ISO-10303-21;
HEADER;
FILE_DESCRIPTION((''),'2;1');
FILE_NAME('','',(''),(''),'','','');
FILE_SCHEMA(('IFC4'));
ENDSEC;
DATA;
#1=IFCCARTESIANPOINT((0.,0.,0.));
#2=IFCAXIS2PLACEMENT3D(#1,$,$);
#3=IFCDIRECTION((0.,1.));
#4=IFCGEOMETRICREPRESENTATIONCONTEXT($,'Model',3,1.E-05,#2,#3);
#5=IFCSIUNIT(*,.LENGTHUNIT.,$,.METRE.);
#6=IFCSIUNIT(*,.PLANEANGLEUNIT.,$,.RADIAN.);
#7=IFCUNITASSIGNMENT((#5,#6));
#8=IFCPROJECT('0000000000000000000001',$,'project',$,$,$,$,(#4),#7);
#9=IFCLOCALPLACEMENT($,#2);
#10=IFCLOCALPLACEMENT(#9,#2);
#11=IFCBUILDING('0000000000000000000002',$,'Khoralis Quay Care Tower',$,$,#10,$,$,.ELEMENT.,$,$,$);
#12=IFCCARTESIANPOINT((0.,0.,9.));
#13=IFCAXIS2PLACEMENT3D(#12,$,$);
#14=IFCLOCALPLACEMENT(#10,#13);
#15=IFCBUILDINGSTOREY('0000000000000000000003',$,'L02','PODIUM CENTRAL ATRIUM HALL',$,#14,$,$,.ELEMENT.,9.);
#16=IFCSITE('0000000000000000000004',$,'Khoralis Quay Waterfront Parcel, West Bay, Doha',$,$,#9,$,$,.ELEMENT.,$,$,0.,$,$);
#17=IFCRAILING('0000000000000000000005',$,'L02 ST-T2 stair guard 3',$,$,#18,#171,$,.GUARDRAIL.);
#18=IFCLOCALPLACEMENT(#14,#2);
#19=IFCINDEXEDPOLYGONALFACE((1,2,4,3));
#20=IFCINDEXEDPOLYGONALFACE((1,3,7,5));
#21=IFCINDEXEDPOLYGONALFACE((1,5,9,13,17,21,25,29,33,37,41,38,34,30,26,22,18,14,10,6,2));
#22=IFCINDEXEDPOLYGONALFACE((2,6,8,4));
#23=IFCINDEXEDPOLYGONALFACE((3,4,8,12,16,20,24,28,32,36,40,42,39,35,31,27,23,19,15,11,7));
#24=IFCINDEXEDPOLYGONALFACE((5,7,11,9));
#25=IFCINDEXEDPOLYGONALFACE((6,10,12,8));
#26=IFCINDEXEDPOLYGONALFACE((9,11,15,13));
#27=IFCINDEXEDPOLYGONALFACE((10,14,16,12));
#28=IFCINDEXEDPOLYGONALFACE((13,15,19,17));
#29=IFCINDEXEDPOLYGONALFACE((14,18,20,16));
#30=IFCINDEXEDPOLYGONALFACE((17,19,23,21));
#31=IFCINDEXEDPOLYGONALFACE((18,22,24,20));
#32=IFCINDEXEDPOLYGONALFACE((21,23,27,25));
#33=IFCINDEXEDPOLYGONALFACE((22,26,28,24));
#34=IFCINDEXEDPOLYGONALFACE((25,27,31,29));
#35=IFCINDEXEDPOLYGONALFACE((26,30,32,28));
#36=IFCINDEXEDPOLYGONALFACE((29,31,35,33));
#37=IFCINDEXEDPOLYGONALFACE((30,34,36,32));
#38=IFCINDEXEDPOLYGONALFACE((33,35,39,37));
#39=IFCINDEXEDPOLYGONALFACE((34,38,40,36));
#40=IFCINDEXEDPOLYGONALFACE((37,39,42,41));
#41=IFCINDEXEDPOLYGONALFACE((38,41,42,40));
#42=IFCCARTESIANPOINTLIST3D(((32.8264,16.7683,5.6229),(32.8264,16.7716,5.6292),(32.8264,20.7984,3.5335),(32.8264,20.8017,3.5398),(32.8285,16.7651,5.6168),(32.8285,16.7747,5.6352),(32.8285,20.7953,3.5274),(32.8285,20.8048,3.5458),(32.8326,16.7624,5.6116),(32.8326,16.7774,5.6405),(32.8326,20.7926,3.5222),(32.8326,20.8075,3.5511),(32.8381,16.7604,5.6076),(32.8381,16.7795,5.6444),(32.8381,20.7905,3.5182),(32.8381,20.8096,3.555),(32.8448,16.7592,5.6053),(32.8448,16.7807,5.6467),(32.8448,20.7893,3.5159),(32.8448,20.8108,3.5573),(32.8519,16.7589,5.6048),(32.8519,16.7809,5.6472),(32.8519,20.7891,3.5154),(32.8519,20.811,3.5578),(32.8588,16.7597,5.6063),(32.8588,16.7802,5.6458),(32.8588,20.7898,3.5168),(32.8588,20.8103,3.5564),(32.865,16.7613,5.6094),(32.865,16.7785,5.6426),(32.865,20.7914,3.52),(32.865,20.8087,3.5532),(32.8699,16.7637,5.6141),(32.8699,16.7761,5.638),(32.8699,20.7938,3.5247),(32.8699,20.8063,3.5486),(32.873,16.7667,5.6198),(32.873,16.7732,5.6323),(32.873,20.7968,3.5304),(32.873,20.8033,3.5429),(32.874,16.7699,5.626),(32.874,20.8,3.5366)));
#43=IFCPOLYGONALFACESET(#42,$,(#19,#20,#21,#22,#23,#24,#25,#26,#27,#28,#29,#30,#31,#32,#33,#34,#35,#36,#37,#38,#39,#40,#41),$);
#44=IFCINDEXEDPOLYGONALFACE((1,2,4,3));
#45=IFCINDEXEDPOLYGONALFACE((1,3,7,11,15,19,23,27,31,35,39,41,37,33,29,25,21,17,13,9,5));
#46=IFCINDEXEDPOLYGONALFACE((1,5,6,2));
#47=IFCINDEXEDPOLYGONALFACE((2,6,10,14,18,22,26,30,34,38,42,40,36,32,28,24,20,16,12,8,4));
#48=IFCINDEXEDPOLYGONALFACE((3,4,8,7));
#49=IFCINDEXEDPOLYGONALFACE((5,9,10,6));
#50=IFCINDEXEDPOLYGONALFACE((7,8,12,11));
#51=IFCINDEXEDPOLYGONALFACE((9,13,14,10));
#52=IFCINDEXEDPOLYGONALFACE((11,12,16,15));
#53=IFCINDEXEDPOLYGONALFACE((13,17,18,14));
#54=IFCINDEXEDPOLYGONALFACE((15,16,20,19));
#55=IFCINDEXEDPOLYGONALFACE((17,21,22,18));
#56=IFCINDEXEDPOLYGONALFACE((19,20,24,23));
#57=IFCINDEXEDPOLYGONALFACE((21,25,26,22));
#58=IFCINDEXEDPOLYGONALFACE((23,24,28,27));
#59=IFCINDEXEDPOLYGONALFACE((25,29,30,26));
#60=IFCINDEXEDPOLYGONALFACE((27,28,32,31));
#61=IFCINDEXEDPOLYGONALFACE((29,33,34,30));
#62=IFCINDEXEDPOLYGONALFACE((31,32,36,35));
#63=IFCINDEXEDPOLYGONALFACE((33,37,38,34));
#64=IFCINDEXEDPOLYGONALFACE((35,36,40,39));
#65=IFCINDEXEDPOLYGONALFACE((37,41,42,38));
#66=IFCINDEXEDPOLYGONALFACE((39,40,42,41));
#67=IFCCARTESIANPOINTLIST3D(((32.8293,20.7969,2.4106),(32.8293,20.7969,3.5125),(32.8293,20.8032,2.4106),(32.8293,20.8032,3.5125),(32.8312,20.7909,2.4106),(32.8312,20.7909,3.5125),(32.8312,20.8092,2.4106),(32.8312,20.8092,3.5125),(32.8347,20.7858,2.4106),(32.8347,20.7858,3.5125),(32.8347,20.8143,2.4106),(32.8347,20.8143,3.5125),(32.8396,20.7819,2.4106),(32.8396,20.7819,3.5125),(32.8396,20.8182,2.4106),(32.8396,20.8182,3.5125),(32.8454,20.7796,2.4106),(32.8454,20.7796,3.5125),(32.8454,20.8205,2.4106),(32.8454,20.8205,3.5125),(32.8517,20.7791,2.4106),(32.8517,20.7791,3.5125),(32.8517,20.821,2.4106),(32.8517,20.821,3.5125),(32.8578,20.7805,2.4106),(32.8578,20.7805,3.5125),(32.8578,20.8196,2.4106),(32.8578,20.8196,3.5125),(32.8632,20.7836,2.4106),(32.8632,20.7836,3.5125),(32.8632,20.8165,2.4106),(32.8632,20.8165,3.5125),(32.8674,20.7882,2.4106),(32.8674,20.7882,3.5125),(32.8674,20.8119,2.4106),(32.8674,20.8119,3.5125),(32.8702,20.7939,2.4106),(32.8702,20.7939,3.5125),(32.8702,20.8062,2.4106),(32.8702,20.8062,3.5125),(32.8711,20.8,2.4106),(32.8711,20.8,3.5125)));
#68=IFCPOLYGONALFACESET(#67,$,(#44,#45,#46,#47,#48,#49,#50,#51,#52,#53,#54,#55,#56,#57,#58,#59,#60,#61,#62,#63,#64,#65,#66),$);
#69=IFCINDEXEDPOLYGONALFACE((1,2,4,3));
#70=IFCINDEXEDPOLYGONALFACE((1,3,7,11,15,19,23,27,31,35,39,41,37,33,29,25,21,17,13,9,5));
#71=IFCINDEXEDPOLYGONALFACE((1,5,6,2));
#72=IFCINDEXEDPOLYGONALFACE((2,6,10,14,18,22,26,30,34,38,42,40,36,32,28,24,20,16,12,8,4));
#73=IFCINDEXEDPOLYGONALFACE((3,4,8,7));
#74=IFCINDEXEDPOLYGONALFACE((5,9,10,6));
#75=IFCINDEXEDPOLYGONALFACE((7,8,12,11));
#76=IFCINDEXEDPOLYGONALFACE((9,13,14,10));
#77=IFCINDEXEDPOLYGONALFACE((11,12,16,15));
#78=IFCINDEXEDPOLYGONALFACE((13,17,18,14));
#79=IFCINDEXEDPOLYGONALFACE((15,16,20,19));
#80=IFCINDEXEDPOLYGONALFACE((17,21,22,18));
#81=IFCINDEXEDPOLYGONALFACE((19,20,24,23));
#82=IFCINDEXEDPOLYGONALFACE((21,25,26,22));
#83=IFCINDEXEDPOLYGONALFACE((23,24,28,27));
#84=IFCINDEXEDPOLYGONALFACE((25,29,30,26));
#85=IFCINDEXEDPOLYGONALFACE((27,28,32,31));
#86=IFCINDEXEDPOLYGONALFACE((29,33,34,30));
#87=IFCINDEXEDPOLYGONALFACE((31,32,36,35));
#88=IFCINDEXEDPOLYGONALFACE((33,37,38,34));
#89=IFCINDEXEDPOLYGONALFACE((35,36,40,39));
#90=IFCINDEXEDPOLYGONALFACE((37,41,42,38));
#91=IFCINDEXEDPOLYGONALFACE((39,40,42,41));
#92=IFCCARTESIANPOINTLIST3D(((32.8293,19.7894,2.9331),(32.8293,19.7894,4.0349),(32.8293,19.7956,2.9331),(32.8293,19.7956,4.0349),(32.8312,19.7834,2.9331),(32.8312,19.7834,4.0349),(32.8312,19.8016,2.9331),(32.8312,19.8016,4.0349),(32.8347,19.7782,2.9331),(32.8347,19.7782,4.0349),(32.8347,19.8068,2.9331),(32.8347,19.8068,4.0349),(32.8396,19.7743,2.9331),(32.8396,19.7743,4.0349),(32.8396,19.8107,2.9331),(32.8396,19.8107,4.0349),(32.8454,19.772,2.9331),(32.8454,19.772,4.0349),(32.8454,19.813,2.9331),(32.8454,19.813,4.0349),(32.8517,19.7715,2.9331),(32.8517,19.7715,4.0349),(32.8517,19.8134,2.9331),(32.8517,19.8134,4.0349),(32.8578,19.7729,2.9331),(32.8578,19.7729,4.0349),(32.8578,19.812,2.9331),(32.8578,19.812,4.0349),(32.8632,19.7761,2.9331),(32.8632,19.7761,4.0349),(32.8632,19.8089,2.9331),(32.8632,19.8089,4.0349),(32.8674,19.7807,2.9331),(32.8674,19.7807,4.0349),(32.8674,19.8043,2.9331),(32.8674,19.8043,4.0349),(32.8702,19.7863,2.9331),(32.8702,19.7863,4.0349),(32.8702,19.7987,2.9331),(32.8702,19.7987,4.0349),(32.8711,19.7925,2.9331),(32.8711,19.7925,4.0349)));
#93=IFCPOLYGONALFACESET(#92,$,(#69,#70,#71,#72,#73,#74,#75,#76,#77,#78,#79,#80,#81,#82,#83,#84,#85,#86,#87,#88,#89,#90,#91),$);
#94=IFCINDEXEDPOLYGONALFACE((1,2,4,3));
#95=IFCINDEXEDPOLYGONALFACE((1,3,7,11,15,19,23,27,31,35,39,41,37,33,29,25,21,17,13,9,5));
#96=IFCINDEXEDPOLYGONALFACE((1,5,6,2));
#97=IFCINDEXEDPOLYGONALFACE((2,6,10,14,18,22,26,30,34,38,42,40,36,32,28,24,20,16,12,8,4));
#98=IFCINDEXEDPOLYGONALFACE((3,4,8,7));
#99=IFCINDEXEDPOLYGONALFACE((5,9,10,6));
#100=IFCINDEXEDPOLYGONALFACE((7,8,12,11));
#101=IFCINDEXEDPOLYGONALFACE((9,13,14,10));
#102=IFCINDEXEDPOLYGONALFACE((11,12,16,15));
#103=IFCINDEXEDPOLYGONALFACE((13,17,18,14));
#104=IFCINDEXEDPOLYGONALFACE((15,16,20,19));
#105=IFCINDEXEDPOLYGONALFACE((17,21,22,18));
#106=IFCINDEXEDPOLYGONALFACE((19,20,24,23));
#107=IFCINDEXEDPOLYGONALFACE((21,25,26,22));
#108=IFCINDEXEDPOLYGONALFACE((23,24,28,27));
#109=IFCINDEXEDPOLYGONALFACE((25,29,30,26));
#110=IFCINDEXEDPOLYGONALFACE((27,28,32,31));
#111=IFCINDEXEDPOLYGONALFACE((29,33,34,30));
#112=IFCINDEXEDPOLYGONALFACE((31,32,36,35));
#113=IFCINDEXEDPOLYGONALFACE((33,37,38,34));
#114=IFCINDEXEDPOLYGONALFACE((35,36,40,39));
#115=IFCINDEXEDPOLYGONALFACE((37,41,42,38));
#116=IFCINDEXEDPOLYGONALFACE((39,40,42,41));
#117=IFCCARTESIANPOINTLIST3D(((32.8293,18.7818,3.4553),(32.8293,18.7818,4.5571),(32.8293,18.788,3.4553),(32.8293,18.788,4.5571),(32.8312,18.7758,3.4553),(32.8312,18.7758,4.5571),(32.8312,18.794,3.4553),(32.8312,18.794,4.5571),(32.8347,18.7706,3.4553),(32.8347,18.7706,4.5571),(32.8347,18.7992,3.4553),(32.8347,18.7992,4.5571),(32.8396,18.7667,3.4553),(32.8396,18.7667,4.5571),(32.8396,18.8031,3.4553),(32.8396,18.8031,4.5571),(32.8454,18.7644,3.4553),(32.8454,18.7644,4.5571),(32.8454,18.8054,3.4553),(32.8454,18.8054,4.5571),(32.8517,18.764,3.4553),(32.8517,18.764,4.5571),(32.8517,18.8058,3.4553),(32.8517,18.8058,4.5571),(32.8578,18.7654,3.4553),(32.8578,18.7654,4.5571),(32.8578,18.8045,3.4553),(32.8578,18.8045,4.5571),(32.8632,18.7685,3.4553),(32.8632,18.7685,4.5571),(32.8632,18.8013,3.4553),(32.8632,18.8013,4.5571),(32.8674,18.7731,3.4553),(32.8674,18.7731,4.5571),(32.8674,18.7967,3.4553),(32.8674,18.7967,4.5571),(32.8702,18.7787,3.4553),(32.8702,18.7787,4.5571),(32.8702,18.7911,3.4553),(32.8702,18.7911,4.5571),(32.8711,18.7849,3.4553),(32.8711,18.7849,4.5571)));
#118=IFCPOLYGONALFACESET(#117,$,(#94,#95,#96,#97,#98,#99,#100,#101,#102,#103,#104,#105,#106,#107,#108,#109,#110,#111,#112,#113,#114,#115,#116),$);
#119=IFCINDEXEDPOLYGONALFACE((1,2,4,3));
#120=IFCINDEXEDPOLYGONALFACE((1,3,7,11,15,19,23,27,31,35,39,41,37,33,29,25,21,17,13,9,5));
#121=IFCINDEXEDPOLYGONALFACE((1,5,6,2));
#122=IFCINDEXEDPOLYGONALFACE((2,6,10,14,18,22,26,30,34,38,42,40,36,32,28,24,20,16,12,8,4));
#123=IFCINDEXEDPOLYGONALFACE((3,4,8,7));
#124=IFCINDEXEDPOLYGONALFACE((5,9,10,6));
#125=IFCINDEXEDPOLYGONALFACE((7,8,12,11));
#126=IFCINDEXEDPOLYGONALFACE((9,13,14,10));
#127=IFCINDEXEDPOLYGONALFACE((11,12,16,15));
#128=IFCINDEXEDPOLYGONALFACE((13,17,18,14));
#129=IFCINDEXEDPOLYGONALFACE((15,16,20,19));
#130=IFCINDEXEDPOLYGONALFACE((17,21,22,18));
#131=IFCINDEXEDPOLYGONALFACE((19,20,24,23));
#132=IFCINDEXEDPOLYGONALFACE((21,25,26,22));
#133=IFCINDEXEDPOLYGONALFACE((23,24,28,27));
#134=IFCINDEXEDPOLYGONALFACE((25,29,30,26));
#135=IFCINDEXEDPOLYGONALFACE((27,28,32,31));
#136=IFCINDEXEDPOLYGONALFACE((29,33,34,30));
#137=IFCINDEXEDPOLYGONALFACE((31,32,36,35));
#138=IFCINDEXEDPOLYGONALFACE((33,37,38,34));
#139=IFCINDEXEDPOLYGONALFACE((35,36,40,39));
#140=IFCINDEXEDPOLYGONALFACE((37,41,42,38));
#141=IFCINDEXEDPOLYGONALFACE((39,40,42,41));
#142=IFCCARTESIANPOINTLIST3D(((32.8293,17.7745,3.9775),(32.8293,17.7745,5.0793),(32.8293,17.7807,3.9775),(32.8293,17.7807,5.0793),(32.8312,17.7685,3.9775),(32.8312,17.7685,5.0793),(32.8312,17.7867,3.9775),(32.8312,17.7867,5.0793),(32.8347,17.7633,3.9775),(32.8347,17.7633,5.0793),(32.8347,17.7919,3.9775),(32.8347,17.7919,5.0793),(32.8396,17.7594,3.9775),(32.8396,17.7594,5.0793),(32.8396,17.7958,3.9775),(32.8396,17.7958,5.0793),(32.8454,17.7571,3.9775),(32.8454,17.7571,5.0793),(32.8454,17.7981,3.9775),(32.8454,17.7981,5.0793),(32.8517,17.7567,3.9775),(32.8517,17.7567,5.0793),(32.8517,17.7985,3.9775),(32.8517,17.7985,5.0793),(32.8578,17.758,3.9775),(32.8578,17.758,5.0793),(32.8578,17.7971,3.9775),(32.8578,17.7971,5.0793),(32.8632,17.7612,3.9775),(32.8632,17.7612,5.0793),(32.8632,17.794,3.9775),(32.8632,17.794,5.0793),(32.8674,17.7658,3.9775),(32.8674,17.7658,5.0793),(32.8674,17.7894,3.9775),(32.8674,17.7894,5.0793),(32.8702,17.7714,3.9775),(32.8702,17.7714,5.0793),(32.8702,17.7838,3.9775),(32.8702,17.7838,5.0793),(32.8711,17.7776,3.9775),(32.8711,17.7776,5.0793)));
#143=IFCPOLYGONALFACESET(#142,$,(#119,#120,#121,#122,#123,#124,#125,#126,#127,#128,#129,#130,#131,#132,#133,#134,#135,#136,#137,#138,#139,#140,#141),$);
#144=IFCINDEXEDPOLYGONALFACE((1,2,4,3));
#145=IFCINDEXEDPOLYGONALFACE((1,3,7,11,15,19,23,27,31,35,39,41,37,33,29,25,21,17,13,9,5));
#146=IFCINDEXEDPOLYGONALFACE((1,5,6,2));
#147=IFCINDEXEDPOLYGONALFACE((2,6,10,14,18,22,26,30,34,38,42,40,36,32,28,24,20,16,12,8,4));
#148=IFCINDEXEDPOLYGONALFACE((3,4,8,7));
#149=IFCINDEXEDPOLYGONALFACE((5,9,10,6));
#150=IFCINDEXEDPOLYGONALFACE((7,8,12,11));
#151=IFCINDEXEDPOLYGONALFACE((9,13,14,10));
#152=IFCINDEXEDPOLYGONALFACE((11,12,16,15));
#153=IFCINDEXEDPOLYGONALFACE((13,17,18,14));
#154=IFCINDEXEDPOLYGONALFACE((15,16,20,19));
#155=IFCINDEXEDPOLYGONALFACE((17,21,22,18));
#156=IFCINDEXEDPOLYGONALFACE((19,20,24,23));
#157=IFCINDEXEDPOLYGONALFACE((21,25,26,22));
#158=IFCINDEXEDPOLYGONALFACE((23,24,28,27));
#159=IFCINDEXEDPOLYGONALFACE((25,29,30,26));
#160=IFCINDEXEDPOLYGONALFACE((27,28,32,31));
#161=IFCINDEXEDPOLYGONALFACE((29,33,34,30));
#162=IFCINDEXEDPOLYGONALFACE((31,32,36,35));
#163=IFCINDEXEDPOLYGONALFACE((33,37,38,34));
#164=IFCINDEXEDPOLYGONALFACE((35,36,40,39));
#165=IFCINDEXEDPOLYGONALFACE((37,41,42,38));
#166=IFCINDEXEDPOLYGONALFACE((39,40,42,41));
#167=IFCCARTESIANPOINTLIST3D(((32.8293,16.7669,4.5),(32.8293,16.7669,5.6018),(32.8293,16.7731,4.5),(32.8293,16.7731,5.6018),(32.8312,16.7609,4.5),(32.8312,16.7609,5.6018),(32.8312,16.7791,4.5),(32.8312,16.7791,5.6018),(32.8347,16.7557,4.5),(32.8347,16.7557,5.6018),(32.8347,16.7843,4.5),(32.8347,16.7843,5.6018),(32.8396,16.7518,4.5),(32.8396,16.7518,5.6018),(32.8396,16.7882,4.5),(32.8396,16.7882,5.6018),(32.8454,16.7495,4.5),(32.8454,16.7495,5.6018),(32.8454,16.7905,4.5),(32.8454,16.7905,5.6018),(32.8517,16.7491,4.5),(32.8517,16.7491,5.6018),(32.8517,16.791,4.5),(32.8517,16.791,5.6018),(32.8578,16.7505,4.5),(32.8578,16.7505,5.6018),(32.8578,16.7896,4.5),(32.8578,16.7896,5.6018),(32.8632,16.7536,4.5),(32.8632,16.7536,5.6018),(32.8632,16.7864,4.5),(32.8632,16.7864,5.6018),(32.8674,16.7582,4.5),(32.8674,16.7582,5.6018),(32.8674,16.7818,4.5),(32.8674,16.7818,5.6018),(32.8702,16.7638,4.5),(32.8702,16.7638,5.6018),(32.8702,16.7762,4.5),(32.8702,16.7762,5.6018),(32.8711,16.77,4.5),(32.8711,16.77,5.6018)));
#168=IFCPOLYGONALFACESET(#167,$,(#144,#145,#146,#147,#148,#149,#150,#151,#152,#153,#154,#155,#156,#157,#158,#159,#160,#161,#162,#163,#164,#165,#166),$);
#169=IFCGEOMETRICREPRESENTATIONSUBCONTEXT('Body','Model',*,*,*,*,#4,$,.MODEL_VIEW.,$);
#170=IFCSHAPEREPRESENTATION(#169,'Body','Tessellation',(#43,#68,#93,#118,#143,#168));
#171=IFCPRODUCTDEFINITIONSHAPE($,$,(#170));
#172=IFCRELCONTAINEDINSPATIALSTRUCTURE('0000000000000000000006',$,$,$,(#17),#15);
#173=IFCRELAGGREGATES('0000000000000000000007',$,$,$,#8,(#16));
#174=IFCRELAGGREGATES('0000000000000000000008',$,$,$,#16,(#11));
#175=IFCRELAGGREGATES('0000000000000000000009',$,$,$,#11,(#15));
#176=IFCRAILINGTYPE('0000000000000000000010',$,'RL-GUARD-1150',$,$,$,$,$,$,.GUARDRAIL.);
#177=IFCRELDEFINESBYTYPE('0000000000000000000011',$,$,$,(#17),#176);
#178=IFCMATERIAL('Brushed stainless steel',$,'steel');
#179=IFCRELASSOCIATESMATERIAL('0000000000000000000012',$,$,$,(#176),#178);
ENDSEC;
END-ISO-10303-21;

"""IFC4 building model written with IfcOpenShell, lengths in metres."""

from ifc_helpers import new_model, si_unit, direction, frame, origin, origin_2d, place, context, subcontext, project, spatial, circle, extrude, material, type_object, element, save


model = new_model("IFC4")

# Units and contexts
model_context = context("Model", 3, precision=1e-05, world=origin(), true_north=direction((0.0, 1.0)))
body_context = subcontext(model_context, "Body", "Model", "MODEL_VIEW")
ifc_project = project(units=[si_unit("LENGTHUNIT", "METRE"), si_unit("PLANEANGLEUNIT", "RADIAN")], contexts=[model_context])

# Site, building, storey
site_placement = place(None, origin())
site = spatial("IfcSite", under=ifc_project, at=site_placement, Name="Khoralis Quay Waterfront Parcel, West Bay, Doha", CompositionType="ELEMENT", RefElevation=0.0)
building_placement = place(site_placement, origin())
building = spatial("IfcBuilding", under=site, at=building_placement, Name="Khoralis Quay Care Tower", CompositionType="ELEMENT")
storey_placement = place(building_placement, frame((0.0, 0.0, 9.0)))
storey = spatial("IfcBuildingStorey", under=building, at=storey_placement, Name="L02", Description="PODIUM CENTRAL ATRIUM HALL", CompositionType="ELEMENT", Elevation=9.0)

# Shared definitions
ifc_material_1 = material(Name="Brushed stainless steel", Category="steel")

# Railing
railing_type_1 = type_object("IfcRailingType", Name="RL-GUARD-1150", PredefinedType="GUARDRAIL", material=ifc_material_1)
railing_1_placement = place(storey_placement, frame((32.8501, 20.8, 2.4106)))
element("IfcRailing", 1, at=railing_1_placement, inside=storey, type_object=railing_type_1, Name="L02 ST-T2 stair guard 3", PredefinedType="GUARDRAIL", context=body_context, shape_type="SweptSolid", body=[
    extrude(circle(Radius=0.0239, at=origin_2d()), frame((0.0, 0.0, 1.126), z_axis=(0.0, -0.887781, 0.460267), x_axis=(1.0, 0.0, 0.0)), (0.0, 0.0, 1.0), 4.5396),
    extrude(circle(Radius=0.021, at=origin_2d()), origin(), (0.0, 0.0, 1.0), 1.1018),
    extrude(circle(Radius=0.021, at=origin_2d()), frame((0.0, -1.0076, 0.5225)), (0.0, 0.0, 1.0), 1.1018),
    extrude(circle(Radius=0.021, at=origin_2d()), frame((0.0, -2.0151, 1.0447)), (0.0, 0.0, 1.0), 1.1018),
    extrude(circle(Radius=0.021, at=origin_2d()), frame((0.0, -3.0225, 1.5669)), (0.0, 0.0, 1.0), 1.1018),
    extrude(circle(Radius=0.021, at=origin_2d()), frame((0.0, -4.03, 2.0894)), (0.0, 0.0, 1.0), 1.1018),
])

save(model, "model.ifc")
